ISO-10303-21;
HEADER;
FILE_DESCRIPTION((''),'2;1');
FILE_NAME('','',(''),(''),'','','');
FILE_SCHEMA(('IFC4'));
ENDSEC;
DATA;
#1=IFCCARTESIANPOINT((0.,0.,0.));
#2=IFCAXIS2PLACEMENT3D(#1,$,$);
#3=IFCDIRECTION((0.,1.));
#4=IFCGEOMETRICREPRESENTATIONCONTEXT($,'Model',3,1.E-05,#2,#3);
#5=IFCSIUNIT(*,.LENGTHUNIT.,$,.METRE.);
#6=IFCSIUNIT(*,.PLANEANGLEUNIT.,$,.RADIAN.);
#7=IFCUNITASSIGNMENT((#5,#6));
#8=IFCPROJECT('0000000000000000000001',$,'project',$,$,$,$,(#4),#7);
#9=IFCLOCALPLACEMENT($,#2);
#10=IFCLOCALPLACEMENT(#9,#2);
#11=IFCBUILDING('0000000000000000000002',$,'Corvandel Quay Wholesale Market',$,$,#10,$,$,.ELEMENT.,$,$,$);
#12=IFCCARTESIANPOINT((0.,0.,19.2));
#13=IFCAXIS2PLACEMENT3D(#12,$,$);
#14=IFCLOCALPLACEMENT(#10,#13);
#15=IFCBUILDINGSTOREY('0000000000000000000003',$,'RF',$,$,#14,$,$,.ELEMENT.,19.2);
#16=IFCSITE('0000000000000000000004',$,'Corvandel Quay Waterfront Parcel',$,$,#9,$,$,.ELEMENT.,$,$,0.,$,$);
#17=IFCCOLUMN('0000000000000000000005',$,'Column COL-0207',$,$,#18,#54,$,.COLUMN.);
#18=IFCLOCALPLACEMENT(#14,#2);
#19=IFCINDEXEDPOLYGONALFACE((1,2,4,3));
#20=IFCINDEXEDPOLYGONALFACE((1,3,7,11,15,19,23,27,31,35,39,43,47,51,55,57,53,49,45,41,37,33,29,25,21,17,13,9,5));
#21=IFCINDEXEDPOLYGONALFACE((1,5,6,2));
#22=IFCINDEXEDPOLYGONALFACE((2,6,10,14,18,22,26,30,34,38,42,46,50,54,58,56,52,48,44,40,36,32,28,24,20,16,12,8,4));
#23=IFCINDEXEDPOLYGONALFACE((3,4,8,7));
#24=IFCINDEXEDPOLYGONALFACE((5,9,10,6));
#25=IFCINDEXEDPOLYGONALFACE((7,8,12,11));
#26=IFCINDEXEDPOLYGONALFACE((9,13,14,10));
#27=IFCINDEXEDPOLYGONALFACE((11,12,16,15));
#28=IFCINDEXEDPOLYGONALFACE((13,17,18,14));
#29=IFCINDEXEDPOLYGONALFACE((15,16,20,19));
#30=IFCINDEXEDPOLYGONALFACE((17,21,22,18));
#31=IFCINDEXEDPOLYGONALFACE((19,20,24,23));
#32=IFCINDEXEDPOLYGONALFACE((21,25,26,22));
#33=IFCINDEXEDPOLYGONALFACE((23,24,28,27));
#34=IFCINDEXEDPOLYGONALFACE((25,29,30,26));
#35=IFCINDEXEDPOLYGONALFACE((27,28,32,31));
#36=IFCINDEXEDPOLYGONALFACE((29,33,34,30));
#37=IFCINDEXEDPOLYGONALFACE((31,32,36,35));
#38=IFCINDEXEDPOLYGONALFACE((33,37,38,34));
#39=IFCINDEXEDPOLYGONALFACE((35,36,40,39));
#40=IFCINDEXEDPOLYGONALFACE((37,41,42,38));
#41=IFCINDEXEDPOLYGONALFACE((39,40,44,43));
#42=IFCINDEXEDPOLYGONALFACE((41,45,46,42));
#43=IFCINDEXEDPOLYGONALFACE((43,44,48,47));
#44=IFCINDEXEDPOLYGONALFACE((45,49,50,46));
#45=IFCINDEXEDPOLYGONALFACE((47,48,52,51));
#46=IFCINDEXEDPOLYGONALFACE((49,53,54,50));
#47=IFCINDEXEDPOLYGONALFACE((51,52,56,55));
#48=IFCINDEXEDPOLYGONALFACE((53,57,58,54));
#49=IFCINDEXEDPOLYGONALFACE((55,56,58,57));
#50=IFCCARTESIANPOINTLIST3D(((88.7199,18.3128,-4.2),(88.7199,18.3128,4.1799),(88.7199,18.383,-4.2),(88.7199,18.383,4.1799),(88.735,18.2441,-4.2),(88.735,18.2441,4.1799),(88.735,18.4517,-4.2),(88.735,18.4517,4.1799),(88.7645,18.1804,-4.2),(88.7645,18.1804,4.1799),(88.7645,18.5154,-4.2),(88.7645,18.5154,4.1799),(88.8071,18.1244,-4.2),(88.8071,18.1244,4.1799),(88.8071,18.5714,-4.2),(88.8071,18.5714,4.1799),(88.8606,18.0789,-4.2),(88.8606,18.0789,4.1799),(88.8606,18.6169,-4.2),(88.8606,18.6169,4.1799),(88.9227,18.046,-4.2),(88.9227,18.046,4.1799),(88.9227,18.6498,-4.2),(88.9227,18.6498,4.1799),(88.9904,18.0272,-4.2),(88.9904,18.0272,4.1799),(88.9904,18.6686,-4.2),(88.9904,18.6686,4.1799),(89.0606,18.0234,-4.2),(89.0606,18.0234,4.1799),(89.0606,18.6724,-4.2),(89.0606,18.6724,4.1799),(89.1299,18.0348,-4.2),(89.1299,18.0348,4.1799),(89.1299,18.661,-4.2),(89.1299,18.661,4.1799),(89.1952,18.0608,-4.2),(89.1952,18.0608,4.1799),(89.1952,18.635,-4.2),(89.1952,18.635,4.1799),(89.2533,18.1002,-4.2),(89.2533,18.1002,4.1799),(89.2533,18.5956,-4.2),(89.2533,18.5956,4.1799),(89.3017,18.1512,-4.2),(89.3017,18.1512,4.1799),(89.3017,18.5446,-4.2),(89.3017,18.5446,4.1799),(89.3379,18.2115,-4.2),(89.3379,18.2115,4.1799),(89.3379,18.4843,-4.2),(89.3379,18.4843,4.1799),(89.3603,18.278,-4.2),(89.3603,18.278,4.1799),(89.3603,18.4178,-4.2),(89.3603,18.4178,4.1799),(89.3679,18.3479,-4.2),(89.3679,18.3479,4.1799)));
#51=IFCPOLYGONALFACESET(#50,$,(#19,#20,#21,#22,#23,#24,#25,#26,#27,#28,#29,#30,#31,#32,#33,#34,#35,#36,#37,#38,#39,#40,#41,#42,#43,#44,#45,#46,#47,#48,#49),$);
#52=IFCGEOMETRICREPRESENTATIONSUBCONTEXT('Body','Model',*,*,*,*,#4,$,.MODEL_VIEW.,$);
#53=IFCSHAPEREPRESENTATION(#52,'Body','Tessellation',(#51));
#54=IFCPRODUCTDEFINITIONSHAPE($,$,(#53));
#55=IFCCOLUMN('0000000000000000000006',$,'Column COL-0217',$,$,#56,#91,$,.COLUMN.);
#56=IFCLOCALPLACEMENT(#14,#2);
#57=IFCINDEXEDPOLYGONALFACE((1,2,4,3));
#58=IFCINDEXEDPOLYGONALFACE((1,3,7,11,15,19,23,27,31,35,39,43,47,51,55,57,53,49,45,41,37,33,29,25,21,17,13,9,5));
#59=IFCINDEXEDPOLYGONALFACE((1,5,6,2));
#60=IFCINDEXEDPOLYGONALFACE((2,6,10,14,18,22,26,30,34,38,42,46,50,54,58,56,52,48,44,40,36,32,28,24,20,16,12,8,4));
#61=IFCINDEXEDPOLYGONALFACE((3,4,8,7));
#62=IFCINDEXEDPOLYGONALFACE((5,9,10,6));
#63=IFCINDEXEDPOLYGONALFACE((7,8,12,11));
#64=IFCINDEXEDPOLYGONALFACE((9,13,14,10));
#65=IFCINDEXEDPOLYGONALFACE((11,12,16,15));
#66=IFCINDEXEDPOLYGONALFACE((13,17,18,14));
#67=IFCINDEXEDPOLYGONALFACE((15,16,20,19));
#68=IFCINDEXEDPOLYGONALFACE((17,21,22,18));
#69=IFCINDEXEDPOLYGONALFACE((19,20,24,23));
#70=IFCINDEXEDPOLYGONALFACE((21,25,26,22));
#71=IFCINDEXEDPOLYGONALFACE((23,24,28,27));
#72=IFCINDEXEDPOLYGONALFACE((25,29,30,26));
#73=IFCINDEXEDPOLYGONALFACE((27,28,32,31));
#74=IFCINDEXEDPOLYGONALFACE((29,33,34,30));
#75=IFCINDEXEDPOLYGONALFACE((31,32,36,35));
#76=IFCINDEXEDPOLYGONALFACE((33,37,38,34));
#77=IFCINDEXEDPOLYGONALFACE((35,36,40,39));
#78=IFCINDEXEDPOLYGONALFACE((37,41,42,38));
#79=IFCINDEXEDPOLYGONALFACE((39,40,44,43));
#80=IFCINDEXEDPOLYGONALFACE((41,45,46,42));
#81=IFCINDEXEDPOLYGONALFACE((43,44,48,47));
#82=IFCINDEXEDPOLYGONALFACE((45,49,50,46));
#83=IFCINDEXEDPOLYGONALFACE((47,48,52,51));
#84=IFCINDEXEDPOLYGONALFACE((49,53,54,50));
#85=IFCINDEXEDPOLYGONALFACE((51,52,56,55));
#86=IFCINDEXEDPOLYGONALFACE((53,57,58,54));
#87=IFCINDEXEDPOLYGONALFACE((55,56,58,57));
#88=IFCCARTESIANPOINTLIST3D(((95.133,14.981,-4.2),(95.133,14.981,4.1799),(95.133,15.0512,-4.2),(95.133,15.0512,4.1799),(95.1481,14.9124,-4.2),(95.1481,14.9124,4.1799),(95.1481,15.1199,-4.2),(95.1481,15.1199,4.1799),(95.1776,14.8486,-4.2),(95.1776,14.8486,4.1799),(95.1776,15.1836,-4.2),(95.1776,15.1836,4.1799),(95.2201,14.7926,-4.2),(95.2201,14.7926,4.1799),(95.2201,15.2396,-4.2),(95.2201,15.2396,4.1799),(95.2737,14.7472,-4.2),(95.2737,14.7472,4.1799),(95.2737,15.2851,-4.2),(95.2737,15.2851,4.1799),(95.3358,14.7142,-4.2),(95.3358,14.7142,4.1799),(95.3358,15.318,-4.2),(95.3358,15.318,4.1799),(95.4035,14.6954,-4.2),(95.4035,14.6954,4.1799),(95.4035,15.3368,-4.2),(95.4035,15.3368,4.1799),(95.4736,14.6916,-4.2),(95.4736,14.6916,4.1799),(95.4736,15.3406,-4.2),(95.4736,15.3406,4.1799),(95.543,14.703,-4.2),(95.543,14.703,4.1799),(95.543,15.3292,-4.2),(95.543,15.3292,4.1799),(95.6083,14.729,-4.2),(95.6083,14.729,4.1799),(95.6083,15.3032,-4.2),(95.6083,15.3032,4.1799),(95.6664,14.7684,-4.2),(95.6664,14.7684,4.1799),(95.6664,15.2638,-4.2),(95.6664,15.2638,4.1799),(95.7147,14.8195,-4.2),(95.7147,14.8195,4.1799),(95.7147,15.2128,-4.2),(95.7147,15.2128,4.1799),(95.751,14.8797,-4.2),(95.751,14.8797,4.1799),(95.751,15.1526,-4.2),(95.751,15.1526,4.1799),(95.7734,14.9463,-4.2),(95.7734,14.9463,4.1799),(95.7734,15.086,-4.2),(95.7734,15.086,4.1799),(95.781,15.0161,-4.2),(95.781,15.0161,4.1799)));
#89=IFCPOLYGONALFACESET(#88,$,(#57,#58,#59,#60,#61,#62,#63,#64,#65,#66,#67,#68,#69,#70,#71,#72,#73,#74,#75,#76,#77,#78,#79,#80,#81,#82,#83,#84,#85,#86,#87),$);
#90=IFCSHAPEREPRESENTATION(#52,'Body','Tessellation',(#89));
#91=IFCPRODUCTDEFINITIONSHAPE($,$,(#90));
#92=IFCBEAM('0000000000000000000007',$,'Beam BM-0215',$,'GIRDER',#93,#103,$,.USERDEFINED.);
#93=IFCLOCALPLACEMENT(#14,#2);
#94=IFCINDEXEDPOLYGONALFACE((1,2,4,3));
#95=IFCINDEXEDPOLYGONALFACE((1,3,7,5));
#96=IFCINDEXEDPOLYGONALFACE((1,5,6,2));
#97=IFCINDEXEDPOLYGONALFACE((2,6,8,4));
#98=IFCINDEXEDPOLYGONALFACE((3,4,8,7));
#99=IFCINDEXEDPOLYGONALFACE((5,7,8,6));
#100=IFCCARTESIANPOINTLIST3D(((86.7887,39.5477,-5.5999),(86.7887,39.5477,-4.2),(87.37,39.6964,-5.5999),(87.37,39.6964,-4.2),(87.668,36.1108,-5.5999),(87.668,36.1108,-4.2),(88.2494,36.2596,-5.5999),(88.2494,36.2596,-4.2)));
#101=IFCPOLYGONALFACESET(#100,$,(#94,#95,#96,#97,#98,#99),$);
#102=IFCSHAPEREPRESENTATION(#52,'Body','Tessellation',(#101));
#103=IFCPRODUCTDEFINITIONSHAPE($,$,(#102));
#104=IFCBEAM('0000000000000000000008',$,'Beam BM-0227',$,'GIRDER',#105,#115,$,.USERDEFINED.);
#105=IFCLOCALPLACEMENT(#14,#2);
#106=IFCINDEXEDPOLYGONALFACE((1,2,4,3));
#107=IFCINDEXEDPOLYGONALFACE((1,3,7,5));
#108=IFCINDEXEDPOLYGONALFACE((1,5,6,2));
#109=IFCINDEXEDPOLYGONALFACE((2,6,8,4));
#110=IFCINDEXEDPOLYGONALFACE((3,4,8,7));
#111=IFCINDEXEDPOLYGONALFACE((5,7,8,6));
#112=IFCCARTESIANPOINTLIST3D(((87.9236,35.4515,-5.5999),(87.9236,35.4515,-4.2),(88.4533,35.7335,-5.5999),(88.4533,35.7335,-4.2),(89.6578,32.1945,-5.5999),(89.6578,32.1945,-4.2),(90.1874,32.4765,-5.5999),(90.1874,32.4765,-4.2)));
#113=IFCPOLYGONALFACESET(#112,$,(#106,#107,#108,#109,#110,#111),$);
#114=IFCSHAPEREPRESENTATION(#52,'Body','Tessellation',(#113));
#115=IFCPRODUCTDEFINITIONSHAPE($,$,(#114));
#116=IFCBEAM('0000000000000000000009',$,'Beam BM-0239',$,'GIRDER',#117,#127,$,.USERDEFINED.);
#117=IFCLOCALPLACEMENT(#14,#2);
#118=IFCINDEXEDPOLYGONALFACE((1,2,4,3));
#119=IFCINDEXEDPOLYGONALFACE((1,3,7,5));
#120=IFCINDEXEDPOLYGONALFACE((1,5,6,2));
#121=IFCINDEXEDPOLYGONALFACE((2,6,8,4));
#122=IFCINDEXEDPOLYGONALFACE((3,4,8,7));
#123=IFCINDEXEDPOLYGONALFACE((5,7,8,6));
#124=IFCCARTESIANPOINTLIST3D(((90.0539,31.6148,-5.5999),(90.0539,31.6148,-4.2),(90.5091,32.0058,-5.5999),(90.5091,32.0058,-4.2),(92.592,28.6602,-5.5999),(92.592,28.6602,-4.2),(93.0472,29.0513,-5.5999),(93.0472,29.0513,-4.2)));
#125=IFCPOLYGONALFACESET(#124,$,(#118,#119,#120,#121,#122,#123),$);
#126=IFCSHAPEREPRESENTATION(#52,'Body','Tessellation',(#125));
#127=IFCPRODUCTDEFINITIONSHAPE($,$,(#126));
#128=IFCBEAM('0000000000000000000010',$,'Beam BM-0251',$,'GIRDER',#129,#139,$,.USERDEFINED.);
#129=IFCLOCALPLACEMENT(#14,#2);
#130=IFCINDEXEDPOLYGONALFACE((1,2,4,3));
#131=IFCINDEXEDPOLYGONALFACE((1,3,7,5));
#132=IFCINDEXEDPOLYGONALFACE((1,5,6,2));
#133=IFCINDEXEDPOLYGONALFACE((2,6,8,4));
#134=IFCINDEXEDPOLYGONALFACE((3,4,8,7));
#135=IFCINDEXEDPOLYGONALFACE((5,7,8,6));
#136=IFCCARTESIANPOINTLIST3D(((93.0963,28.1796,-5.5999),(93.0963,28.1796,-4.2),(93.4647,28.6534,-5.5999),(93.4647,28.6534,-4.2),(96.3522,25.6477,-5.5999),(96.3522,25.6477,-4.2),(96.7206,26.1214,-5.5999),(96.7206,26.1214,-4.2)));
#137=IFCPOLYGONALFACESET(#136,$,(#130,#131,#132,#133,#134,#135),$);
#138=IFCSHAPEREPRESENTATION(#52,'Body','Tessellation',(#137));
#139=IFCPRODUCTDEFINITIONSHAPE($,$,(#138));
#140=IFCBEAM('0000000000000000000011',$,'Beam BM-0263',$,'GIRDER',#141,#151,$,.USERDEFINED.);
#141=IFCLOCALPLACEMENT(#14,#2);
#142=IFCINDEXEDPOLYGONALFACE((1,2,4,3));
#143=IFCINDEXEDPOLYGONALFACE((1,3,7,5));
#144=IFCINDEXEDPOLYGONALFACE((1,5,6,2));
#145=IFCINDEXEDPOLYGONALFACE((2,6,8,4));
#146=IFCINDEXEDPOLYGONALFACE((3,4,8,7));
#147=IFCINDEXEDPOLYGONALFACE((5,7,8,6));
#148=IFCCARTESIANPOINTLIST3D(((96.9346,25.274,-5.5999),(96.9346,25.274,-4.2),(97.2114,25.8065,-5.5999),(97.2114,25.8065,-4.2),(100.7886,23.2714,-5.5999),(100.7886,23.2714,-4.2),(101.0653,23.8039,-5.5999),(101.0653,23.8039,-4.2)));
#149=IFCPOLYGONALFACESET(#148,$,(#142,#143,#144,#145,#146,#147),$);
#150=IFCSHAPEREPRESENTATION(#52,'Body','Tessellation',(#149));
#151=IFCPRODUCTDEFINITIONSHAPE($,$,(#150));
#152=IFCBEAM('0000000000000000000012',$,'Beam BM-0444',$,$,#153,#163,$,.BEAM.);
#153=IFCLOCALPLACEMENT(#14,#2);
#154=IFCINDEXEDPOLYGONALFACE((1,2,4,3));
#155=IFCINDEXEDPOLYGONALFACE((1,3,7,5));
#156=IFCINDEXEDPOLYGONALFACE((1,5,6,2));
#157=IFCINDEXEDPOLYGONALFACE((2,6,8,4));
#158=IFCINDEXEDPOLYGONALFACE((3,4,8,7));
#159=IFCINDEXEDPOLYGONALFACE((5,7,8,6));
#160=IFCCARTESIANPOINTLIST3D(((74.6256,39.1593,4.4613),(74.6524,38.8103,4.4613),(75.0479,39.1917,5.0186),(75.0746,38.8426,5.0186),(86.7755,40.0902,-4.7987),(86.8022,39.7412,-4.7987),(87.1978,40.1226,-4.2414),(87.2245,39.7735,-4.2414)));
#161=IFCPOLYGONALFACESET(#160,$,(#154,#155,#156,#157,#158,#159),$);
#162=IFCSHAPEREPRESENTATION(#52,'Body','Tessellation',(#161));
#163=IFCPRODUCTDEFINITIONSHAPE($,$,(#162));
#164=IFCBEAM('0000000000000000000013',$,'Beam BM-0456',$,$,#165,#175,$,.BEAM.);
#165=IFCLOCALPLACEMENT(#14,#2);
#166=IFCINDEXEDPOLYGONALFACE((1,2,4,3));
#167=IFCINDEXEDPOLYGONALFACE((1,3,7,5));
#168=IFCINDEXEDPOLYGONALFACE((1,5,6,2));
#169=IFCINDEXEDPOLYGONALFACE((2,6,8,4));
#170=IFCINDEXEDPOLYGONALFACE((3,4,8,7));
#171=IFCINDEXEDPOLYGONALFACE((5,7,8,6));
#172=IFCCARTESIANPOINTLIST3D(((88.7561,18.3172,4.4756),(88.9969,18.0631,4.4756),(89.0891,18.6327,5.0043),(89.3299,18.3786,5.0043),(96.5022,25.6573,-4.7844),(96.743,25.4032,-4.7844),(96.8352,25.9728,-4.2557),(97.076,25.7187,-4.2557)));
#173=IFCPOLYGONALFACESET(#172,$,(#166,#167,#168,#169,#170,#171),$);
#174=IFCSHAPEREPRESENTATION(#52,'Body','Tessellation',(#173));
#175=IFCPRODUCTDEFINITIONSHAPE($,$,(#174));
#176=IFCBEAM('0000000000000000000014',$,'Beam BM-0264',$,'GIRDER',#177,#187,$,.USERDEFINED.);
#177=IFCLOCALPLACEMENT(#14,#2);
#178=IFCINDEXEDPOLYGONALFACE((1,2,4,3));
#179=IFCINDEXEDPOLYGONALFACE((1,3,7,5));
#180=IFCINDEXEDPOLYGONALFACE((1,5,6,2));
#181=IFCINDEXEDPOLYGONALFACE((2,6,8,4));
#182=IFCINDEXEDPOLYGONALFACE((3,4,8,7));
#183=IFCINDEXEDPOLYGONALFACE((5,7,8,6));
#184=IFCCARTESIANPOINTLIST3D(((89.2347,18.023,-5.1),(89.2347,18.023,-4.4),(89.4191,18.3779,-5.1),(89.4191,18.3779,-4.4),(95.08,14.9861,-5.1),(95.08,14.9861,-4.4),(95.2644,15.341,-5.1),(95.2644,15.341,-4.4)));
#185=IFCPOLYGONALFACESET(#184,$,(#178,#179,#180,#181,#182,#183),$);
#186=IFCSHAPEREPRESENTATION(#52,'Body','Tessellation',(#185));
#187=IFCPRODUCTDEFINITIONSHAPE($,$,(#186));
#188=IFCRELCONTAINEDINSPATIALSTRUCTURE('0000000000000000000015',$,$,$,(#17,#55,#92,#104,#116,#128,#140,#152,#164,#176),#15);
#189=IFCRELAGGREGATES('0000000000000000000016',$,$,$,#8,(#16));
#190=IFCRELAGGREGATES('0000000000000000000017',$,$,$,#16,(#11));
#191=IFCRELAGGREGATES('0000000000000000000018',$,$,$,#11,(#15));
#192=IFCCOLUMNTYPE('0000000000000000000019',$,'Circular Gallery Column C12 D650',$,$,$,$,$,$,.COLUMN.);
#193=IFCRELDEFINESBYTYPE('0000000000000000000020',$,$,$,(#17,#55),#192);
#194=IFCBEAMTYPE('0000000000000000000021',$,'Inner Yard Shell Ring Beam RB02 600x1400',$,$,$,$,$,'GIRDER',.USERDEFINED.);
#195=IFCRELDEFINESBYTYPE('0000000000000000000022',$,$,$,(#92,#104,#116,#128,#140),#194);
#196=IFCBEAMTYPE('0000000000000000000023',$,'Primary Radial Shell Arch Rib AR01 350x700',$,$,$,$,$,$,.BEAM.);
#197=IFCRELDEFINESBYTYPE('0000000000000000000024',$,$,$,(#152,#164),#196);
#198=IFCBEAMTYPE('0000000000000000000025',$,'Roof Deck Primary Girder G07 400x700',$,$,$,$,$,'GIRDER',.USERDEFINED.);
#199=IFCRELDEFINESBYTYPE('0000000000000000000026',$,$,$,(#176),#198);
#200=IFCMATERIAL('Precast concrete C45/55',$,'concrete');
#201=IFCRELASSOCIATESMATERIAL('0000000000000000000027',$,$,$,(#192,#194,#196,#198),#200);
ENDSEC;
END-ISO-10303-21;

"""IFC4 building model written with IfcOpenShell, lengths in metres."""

from ifc_helpers import new_model, si_unit, direction, frame, origin, origin_2d, place, context, subcontext, project, spatial, rectangle, circle, extrude, material, material_profile, profile_set, type_object, element, save


model = new_model("IFC4")

# Units and contexts
model_context = context("Model", 3, precision=1e-05, world=origin(), true_north=direction((0.0, 1.0)))
body_context = subcontext(model_context, "Body", "Model", "MODEL_VIEW")
ifc_project = project(units=[si_unit("LENGTHUNIT", "METRE"), si_unit("PLANEANGLEUNIT", "RADIAN")], contexts=[model_context])

# Site, building, storey
site_placement = place(None, origin())
site = spatial("IfcSite", under=ifc_project, at=site_placement, Name="Corvandel Quay Waterfront Parcel", CompositionType="ELEMENT", RefElevation=0.0)
building_placement = place(site_placement, origin())
building = spatial("IfcBuilding", under=site, at=building_placement, Name="Corvandel Quay Wholesale Market", CompositionType="ELEMENT")
storey_placement = place(building_placement, frame((0.0, 0.0, 19.2)))
storey = spatial("IfcBuildingStorey", under=building, at=storey_placement, Name="RF", CompositionType="ELEMENT", Elevation=19.2)

# Columns
ifc_material_1 = material(Name="Precast concrete C45/55", Category="concrete")
ifc_material_profile_1 = material_profile(ifc_material_1, circle(Radius=0.325, at=origin_2d()), Name="PC-COL-D650")
ifc_profile_set_1 = profile_set([ifc_material_profile_1], Name="Precast concrete C45/55")
column_type = type_object("IfcColumnType", Name="Circular Gallery Column C12 D650", PredefinedType="COLUMN", material=ifc_profile_set_1)
for number, where, z_axis, x_axis, name in (
    (1, (89.043, 18.3479, -4.2), (0.0, 0.0, 1.0), (1.0, 0.0, 0.0), "Column COL-0207"),
    (2, (95.4561, 15.0161, -4.2), (0.0, 0.0, 1.0), (1.0, 0.0, 0.0), "Column COL-0217"),
):
    element("IfcColumn", number, at=place(storey_placement, frame(where, z_axis=z_axis, x_axis=x_axis)), inside=storey, type_object=column_type, Name=name, PredefinedType="COLUMN", context=body_context, shape_type="SweptSolid", body=[
        extrude(circle(Radius=0.325, at=origin_2d()), origin(), (0.0, 0.0, 1.0), 8.3799),
    ])

# Beams
ifc_material_profile_2 = material_profile(ifc_material_1, rectangle(XDim=0.6001, YDim=1.3999, at=origin_2d()), Name="PC-RING-600x1400")
ifc_profile_set_2 = profile_set([ifc_material_profile_2], Name="Precast concrete C45/55")
beam_type_1 = type_object("IfcBeamType", Name="Inner Yard Shell Ring Beam RB02 600x1400", ElementType="GIRDER", PredefinedType="USERDEFINED", material=ifc_profile_set_2)
beam_1_placement = place(storey_placement, frame((87.0793, 39.6221, -4.8999), z_axis=(0.247875, -0.968792, 0.0), x_axis=(0.968792, 0.247875, 0.0)))
element("IfcBeam", 3, at=beam_1_placement, inside=storey, type_object=beam_type_1, Name="Beam BM-0215", ObjectType="GIRDER", PredefinedType="USERDEFINED", context=body_context, shape_type="SweptSolid", body=[
    extrude(rectangle(XDim=0.6001, YDim=1.3999, at=origin_2d()), origin(), (0.0, 0.0, 1.0), 3.5476),
])
beam_2_placement = place(storey_placement, frame((88.1885, 35.5925, -4.8999), z_axis=(0.46996, -0.882688, 0.0), x_axis=(0.882688, 0.46996, 0.0)))
element("IfcBeam", 4, at=beam_2_placement, inside=storey, type_object=beam_type_1, Name="Beam BM-0227", ObjectType="GIRDER", PredefinedType="USERDEFINED", context=body_context, shape_type="SweptSolid", body=[
    extrude(rectangle(XDim=0.6001, YDim=1.3999, at=origin_2d()), origin(), (0.0, 0.0, 1.0), 3.6899),
])
beam_3_placement = place(storey_placement, frame((90.2815, 31.8103, -4.8999), z_axis=(0.651617, -0.758548, 0.0), x_axis=(0.758548, 0.651617, 0.0)))
element("IfcBeam", 5, at=beam_3_placement, inside=storey, type_object=beam_type_1, Name="Beam BM-0239", ObjectType="GIRDER", PredefinedType="USERDEFINED", context=body_context, shape_type="SweptSolid", body=[
    extrude(rectangle(XDim=0.6001, YDim=1.3999, at=origin_2d()), origin(), (0.0, 0.0, 1.0), 3.895),
])
beam_4_placement = place(storey_placement, frame((93.2805, 28.4165, -4.8999), z_axis=(0.789394, -0.613887, 0.0), x_axis=(0.613887, 0.789394, 0.0)))
element("IfcBeam", 6, at=beam_4_placement, inside=storey, type_object=beam_type_1, Name="Beam BM-0251", ObjectType="GIRDER", PredefinedType="USERDEFINED", context=body_context, shape_type="SweptSolid", body=[
    extrude(rectangle(XDim=0.6001, YDim=1.3999, at=origin_2d()), origin(), (0.0, 0.0, 1.0), 4.1245),
])
beam_5_placement = place(storey_placement, frame((97.073, 25.5403, -4.8999), z_axis=(0.887348, -0.4611, 0.0), x_axis=(0.4611, 0.887348, 0.0)))
element("IfcBeam", 7, at=beam_5_placement, inside=storey, type_object=beam_type_1, Name="Beam BM-0263", ObjectType="GIRDER", PredefinedType="USERDEFINED", context=body_context, shape_type="SweptSolid", body=[
    extrude(rectangle(XDim=0.6001, YDim=1.3999, at=origin_2d()), origin(), (0.0, 0.0, 1.0), 4.3433),
])
ifc_material_profile_3 = material_profile(ifc_material_1, rectangle(XDim=0.3501, YDim=0.7, at=origin_2d()), Name="PC-RIB-350x700")
ifc_profile_set_3 = profile_set([ifc_material_profile_3], Name="Precast concrete C45/55")
beam_type_2 = type_object("IfcBeamType", Name="Primary Radial Shell Arch Rib AR01 350x700", PredefinedType="BEAM", material=ifc_profile_set_3)
beam_6_placement = place(storey_placement, frame((87.0, 39.9319, -4.52), z_axis=(-0.793866, -0.060825, 0.605043), x_axis=(0.076395, -0.997078, 0.0)))
element("IfcBeam", 8, at=beam_6_placement, inside=storey, type_object=beam_type_2, Name="Beam BM-0444", PredefinedType="BEAM", context=body_context, shape_type="SweptSolid", body=[
    extrude(rectangle(XDim=0.3501, YDim=0.7, at=origin_2d()), origin(), (0.0, 0.0, 1.0), 15.3047),
])
beam_7_placement = place(storey_placement, frame((96.7891, 25.688, -4.52), z_axis=(-0.548244, -0.519508, 0.655394), x_axis=(0.687828, -0.725874, 0.0)))
element("IfcBeam", 9, at=beam_7_placement, inside=storey, type_object=beam_type_2, Name="Beam BM-0456", PredefinedType="BEAM", context=body_context, shape_type="SweptSolid", body=[
    extrude(rectangle(XDim=0.3501, YDim=0.7, at=origin_2d()), origin(), (0.0, 0.0, 1.0), 14.1289),
])
ifc_material_profile_4 = material_profile(ifc_material_1, rectangle(XDim=0.3999, YDim=0.7, at=origin_2d()), Name="PC-GIR-400x700")
ifc_profile_set_4 = profile_set([ifc_material_profile_4], Name="Precast concrete C45/55")
beam_type_3 = type_object("IfcBeamType", Name="Roof Deck Primary Girder G07 400x700", ElementType="GIRDER", PredefinedType="USERDEFINED", material=ifc_profile_set_4)
beam_8_placement = place(storey_placement, frame((89.3269, 18.2004, -4.75), z_axis=(0.887381, -0.461036, 0.0), x_axis=(0.461036, 0.887381, 0.0)))
element("IfcBeam", 10, at=beam_8_placement, inside=storey, type_object=beam_type_3, Name="Beam BM-0264", ObjectType="GIRDER", PredefinedType="USERDEFINED", context=body_context, shape_type="SweptSolid", body=[
    extrude(rectangle(XDim=0.3999, YDim=0.7, at=origin_2d()), origin(), (0.0, 0.0, 1.0), 6.5872),
])

save(model, "model.ifc")
